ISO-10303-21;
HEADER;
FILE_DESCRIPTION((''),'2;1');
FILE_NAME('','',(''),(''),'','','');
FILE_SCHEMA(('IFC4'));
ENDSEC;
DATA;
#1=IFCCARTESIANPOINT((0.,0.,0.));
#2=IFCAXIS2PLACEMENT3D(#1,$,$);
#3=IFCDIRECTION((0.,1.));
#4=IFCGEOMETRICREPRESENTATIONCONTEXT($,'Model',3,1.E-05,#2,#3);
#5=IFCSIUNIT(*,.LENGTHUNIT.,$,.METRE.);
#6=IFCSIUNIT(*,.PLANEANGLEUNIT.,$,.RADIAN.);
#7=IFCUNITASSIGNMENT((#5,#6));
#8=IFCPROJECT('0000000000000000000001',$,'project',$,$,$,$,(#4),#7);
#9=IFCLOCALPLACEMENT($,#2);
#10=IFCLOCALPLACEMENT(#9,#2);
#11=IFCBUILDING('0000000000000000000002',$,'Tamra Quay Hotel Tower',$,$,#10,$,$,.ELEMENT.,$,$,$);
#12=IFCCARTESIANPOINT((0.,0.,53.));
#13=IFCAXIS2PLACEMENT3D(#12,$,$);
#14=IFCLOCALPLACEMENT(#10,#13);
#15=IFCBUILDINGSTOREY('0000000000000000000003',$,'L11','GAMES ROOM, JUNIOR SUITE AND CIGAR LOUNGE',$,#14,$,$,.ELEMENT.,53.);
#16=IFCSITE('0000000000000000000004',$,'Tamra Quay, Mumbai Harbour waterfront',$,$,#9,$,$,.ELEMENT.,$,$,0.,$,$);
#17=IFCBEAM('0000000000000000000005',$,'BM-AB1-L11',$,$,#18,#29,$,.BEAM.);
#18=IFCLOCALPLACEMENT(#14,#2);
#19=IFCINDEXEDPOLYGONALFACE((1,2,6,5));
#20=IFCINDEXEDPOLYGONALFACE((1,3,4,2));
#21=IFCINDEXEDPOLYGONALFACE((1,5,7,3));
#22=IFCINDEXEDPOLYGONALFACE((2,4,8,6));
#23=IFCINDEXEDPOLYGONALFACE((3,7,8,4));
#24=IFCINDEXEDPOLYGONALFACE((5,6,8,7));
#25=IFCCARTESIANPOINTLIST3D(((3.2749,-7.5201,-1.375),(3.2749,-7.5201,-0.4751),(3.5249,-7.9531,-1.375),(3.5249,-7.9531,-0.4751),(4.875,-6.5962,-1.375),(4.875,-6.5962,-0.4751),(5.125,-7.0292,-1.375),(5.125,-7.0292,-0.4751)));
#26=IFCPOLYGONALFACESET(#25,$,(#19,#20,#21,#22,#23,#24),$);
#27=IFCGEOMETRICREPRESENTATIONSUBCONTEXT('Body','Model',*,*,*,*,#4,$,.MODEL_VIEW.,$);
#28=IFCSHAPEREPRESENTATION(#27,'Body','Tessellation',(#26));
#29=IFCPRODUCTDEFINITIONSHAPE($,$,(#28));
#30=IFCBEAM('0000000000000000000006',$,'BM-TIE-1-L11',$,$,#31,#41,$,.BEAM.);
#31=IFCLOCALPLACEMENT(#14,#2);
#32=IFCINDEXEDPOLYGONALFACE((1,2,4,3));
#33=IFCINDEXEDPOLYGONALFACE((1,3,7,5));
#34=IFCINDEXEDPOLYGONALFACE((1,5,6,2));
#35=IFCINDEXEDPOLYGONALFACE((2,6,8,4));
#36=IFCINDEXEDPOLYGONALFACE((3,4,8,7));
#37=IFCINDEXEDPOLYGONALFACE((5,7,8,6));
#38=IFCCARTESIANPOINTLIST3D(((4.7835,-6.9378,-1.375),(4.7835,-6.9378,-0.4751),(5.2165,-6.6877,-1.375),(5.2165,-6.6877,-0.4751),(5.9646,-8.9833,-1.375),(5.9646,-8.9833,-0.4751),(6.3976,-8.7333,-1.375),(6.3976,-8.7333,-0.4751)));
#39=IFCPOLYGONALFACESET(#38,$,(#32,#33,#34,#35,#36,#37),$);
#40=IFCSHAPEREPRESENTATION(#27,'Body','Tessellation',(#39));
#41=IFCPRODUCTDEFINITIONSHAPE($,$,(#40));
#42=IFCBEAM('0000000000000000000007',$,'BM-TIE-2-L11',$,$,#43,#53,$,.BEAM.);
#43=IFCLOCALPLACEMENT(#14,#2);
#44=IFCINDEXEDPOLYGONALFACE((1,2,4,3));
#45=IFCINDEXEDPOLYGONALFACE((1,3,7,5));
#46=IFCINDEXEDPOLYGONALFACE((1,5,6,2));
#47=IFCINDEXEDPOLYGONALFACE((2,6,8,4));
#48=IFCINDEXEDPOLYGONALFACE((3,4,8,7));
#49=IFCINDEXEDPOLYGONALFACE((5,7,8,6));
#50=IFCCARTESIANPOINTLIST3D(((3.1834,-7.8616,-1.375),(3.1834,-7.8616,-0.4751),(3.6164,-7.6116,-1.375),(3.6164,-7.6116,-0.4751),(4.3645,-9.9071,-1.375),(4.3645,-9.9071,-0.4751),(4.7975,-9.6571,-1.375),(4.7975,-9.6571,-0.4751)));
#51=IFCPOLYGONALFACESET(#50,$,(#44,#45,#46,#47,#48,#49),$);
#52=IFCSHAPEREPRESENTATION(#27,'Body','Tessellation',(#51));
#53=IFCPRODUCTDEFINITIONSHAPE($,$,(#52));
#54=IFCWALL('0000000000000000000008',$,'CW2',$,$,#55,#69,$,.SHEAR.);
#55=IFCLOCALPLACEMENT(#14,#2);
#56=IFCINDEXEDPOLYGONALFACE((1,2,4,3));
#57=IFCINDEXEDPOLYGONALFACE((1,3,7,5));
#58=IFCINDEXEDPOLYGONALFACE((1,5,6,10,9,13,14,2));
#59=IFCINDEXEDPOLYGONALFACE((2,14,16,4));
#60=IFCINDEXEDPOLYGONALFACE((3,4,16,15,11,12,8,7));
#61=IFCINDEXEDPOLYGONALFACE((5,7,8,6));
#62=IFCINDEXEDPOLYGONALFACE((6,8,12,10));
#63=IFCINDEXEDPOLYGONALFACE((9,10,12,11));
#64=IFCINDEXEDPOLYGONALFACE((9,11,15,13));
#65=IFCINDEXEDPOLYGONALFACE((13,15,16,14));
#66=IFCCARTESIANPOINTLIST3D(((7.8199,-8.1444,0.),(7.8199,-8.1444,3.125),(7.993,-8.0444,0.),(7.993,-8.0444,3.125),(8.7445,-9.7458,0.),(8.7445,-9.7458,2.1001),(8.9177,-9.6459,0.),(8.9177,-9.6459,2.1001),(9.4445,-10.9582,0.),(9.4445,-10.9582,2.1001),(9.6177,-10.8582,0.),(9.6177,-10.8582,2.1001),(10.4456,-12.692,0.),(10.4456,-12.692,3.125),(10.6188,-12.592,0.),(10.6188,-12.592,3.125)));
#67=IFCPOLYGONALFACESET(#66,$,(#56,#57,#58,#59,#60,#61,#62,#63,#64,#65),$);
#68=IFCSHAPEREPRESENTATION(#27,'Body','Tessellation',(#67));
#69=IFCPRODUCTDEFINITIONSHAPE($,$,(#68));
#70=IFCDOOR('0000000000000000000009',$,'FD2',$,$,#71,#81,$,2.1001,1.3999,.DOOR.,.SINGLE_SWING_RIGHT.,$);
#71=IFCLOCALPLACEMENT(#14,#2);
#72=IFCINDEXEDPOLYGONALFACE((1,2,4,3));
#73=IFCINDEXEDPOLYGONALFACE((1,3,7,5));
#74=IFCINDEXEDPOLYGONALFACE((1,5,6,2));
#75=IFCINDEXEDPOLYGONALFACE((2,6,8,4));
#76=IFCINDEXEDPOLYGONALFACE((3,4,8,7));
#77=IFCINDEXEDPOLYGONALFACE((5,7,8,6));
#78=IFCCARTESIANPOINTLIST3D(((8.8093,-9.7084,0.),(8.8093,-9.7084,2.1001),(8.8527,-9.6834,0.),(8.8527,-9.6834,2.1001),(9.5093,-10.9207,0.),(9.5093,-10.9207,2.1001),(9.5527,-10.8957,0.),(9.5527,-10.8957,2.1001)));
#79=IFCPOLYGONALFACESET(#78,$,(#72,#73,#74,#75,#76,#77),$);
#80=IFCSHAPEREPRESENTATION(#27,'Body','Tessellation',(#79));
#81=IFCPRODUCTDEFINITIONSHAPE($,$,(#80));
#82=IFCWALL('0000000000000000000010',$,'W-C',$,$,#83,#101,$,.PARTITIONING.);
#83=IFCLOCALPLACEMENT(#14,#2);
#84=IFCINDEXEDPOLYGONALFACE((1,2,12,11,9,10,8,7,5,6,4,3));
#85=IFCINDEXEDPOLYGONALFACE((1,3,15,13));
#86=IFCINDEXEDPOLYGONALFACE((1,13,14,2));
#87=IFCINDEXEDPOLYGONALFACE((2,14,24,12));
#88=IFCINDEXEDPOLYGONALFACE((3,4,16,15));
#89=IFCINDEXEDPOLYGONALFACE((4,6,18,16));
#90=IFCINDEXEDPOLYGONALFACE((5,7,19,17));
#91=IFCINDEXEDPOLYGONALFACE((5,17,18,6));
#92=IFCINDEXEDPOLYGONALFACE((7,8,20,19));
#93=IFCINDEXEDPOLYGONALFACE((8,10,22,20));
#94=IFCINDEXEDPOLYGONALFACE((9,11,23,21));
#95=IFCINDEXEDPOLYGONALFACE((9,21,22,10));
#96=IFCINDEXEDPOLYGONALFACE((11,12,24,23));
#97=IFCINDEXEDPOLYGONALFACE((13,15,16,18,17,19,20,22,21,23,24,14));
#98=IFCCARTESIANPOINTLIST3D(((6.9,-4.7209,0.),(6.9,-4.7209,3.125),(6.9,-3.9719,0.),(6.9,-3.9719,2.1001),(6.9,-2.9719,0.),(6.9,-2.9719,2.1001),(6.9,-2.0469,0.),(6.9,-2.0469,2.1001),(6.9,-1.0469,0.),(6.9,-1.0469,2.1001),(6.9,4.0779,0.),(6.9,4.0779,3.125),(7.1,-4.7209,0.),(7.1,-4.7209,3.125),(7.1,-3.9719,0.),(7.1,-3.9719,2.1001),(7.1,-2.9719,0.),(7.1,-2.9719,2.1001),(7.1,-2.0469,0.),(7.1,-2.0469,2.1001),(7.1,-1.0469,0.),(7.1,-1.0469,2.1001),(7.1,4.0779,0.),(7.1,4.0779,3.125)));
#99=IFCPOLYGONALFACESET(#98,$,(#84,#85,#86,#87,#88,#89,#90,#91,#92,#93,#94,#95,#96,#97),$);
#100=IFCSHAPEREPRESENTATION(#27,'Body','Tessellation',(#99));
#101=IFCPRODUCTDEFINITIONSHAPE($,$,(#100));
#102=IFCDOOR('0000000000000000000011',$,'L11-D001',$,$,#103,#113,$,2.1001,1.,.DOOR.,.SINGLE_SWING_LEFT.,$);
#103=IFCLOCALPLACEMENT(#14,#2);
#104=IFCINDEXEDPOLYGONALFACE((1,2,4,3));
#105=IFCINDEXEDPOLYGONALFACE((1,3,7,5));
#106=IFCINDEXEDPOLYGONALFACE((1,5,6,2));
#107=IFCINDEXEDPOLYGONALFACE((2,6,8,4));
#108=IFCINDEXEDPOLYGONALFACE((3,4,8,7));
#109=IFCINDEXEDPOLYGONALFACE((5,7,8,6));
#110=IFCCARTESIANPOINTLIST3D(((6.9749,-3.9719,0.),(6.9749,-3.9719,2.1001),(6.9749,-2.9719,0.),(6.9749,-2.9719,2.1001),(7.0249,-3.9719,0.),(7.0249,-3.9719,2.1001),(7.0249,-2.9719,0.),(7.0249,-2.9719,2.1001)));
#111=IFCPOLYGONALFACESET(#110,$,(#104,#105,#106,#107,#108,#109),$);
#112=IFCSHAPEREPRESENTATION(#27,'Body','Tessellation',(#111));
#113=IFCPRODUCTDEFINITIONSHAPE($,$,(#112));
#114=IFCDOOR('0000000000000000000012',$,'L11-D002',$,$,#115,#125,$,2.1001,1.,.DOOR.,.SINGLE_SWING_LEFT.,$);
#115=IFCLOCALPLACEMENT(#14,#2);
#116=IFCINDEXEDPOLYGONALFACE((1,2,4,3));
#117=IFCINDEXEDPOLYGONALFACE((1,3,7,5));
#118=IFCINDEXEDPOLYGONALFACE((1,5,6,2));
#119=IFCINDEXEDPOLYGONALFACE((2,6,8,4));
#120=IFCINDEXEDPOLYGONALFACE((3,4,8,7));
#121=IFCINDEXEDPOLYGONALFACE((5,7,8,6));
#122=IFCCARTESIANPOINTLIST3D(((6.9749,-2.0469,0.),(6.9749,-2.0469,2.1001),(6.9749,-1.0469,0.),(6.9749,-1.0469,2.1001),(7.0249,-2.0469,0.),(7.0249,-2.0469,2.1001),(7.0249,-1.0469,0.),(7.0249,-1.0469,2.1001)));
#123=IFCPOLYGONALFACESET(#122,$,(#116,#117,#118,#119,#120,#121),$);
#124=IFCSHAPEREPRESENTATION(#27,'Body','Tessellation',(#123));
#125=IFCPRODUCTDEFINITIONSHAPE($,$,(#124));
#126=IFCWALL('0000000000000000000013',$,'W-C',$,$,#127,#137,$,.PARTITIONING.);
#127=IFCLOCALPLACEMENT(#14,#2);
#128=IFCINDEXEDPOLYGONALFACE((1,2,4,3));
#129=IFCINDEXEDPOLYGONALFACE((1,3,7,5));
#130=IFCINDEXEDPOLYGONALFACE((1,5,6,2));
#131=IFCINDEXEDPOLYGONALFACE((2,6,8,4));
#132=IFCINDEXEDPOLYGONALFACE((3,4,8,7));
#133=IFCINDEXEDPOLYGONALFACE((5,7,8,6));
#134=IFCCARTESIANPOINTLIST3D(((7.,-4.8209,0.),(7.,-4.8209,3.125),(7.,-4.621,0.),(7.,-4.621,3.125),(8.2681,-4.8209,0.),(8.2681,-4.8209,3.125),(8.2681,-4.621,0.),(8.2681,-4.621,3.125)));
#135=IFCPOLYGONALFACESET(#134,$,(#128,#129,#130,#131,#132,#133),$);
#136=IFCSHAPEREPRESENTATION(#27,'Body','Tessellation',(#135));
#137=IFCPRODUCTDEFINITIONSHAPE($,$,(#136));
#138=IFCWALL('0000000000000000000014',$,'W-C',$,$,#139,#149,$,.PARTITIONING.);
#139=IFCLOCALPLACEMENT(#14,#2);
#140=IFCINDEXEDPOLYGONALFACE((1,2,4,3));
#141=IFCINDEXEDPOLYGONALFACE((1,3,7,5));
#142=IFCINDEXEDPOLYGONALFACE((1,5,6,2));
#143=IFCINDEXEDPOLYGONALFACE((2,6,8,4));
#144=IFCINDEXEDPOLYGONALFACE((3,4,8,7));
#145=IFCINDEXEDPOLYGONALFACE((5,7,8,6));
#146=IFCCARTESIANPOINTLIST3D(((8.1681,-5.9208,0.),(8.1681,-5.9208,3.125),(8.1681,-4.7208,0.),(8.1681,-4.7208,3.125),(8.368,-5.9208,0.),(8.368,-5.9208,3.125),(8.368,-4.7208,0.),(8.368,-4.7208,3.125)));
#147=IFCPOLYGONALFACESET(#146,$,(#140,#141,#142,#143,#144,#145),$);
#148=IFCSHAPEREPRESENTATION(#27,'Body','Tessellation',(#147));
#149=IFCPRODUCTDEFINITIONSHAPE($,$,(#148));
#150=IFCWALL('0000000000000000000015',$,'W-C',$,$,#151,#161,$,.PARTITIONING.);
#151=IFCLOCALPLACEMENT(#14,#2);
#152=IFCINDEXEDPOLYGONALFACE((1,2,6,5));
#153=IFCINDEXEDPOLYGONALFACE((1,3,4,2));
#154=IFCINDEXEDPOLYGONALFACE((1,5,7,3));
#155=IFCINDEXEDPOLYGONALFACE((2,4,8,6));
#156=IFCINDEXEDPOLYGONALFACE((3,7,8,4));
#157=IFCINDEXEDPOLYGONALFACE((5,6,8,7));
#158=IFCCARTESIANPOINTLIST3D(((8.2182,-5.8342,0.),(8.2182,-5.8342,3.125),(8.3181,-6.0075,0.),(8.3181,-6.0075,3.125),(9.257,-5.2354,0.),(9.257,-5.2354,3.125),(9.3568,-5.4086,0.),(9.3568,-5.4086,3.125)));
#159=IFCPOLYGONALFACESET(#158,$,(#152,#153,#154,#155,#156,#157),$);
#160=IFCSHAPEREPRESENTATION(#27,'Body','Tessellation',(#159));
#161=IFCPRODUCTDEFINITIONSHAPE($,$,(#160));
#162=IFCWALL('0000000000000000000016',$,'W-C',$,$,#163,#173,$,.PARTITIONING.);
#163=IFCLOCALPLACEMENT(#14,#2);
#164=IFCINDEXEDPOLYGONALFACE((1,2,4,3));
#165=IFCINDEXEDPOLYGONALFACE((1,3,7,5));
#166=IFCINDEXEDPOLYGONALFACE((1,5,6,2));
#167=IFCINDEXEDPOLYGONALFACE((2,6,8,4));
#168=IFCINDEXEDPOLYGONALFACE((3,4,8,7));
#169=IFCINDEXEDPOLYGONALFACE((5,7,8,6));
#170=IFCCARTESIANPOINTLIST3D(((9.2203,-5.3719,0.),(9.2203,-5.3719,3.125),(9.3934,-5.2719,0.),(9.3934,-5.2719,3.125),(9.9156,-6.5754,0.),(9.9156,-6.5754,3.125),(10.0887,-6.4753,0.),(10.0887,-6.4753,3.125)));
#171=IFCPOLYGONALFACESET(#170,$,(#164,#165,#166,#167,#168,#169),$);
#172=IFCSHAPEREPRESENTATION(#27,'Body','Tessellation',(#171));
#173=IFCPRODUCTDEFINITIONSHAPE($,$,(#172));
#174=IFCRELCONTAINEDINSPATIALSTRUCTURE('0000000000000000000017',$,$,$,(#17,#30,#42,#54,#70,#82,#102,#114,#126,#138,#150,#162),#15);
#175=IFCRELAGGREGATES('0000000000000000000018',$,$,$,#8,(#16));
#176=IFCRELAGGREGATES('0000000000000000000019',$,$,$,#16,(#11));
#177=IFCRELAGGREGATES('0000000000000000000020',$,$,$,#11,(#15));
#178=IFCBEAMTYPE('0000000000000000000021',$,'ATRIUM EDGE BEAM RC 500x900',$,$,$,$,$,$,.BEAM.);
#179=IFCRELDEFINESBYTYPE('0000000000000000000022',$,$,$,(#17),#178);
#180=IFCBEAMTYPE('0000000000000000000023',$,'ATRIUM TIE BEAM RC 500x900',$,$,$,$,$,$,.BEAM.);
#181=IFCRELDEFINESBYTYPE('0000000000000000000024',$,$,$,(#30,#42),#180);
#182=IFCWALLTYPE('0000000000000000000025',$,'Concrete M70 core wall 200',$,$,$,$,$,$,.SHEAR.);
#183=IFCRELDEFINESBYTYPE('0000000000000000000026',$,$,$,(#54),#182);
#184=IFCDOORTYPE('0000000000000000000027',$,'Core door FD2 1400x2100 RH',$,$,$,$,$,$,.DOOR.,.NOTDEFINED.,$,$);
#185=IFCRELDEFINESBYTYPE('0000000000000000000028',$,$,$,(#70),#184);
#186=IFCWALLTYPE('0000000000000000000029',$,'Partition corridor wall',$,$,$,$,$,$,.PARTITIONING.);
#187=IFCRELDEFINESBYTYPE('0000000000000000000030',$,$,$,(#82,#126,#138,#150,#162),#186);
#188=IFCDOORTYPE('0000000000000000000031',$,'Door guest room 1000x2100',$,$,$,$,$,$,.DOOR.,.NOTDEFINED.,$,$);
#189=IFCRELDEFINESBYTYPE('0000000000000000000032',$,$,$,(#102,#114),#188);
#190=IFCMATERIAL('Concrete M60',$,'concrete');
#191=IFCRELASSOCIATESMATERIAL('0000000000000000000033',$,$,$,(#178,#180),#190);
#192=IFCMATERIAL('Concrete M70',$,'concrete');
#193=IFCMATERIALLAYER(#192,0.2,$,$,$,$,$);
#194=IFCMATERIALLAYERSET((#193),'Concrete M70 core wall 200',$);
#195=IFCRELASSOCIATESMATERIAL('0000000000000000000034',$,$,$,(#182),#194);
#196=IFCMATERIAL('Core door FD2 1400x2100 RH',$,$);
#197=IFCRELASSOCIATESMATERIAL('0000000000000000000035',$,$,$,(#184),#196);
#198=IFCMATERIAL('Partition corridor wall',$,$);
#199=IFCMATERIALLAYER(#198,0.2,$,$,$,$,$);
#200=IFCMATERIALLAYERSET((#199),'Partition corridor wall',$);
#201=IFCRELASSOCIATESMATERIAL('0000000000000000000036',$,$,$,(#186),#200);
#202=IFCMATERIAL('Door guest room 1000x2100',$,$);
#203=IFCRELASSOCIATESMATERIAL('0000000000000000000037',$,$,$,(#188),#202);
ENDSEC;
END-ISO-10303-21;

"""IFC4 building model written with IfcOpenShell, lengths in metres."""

from ifc_helpers import new_model, si_unit, direction, frame, frame_2d, origin, origin_2d, place, context, subcontext, project, spatial, rectangle, extrude, material, layer, layer_set, material_profile, profile_set, type_object, element, fill, save


model = new_model("IFC4")

# Units and contexts
model_context = context("Model", 3, precision=1e-05, world=origin(), true_north=direction((0.0, 1.0)))
body_context = subcontext(model_context, "Body", "Model", "MODEL_VIEW")
ifc_project = project(units=[si_unit("LENGTHUNIT", "METRE"), si_unit("PLANEANGLEUNIT", "RADIAN")], contexts=[model_context])

# Site, building, storey
site_placement = place(None, origin())
site = spatial("IfcSite", under=ifc_project, at=site_placement, Name="Tamra Quay, Mumbai Harbour waterfront", CompositionType="ELEMENT", RefElevation=0.0)
building_placement = place(site_placement, origin())
building = spatial("IfcBuilding", under=site, at=building_placement, Name="Tamra Quay Hotel Tower", CompositionType="ELEMENT")
storey_placement = place(building_placement, frame((0.0, 0.0, 53.0)))
storey = spatial("IfcBuildingStorey", under=building, at=storey_placement, Name="L11", Description="GAMES ROOM, JUNIOR SUITE AND CIGAR LOUNGE", CompositionType="ELEMENT", Elevation=53.0)

# Beams
ifc_material_1 = material(Name="Concrete M60", Category="concrete")
ifc_material_profile_1 = material_profile(ifc_material_1, rectangle(XDim=0.5, YDim=0.8999, at=origin_2d()), Name="ATRIUM EDGE BEAM RC 500x900")
ifc_profile_set_1 = profile_set([ifc_material_profile_1], Name="Concrete M60")
beam_type_1 = type_object("IfcBeamType", Name="ATRIUM EDGE BEAM RC 500x900", PredefinedType="BEAM", material=ifc_profile_set_1)
beam_placement = place(storey_placement, frame((5.0, -6.8127, -0.925), z_axis=(-0.866023, -0.500005, 0.0), x_axis=(0.500005, -0.866023, 0.0)))
element("IfcBeam", 1, at=beam_placement, inside=storey, type_object=beam_type_1, Name="BM-AB1-L11", PredefinedType="BEAM", context=body_context, shape_type="SweptSolid", body=[
    extrude(rectangle(XDim=0.5, YDim=0.8999, at=origin_2d()), origin(), (0.0, 0.0, 1.0), 1.8477),
])
ifc_material_profile_2 = material_profile(ifc_material_1, rectangle(XDim=0.5, YDim=0.8999, at=origin_2d()), Name="ATRIUM TIE BEAM RC 500x900")
ifc_profile_set_2 = profile_set([ifc_material_profile_2], Name="Concrete M60")
beam_type_2 = type_object("IfcBeamType", Name="ATRIUM TIE BEAM RC 500x900", PredefinedType="BEAM", material=ifc_profile_set_2)
for number, where, z_axis, x_axis, name in (
    (2, (5.0, -6.8127, -0.925), (0.50003, -0.866008, 0.0), (0.866008, 0.50003, 0.0), "BM-TIE-1-L11"),
    (3, (3.3999, -7.7366, -0.925), (0.50003, -0.866008, 0.0), (0.866008, 0.50003, 0.0), "BM-TIE-2-L11"),
):
    element("IfcBeam", number, at=place(storey_placement, frame(where, z_axis=z_axis, x_axis=x_axis)), inside=storey, type_object=beam_type_2, Name=name, PredefinedType="BEAM", context=body_context, shape_type="SweptSolid", body=[
        extrude(rectangle(XDim=0.5, YDim=0.8999, at=origin_2d()), origin(), (0.0, 0.0, 1.0), 2.3621),
    ])

# Wall, opening, door
ifc_material_2 = material(Name="Concrete M70", Category="concrete")
ifc_layer_1 = layer(ifc_material_2, 0.2)
ifc_layer_set_1 = layer_set([ifc_layer_1], Name="Concrete M70 core wall 200")
wall_type_1 = type_object("IfcWallType", Name="Concrete M70 core wall 200", PredefinedType="SHEAR", material=ifc_layer_set_1)
wall_1_placement = place(storey_placement, frame((7.9065, -8.0945, 0.0), z_axis=(0.0, 0.0, 1.0), x_axis=(0.500024, -0.866011, 0.0)))
wall_1 = element("IfcWall", 4, at=wall_1_placement, inside=storey, type_object=wall_type_1, Name="CW2", PredefinedType="SHEAR", context=body_context, shape_type="SweptSolid", body=[
    extrude(rectangle(XDim=5.2512, YDim=0.2, at=frame_2d((2.6255, 0.0))), origin(), (0.0, 0.0, 1.0), 3.125),
])
opening_1_placement = place(wall_1_placement, frame((1.8491, 0.0, 0.0)))
opening_1 = element("IfcOpeningElement", 5, at=opening_1_placement, cuts=wall_1, PredefinedType="OPENING", context=body_context, shape_type="SweptSolid", body=[
    extrude(rectangle(XDim=1.3999, YDim=2.1001, at=frame_2d((0.7, 1.05))), frame((0.0, 0.1099, 0.0), z_axis=(0.0, -1.0, 0.0), x_axis=(1.0, 0.0, 0.0)), (0.0, 0.0, 1.0), 0.22),
])
ifc_material_3 = material(Name="Core door FD2 1400x2100 RH")
door_type_1 = type_object("IfcDoorType", Name="Core door FD2 1400x2100 RH", OperationType="NOTDEFINED", PredefinedType="DOOR", material=ifc_material_3)
door_1_placement = place(opening_1_placement, origin())
door_1 = element("IfcDoor", 6, at=door_1_placement, inside=storey, type_object=door_type_1, Name="FD2", OperationType="SINGLE_SWING_RIGHT", OverallHeight=2.1001, OverallWidth=1.3999, PredefinedType="DOOR", context=body_context, shape_type="SweptSolid", body=[
    extrude(rectangle(XDim=1.3999, YDim=2.1001, at=frame_2d((0.7, 1.05))), frame((0.0, 0.0249, 0.0), z_axis=(0.0, -1.0, 0.0), x_axis=(1.0, 0.0, 0.0)), (0.0, 0.0, 1.0), 0.05),
])
fill(opening_1, door_1)

# Wall, openings, doors
ifc_material_4 = material(Name="Partition corridor wall")
ifc_layer_2 = layer(ifc_material_4, 0.2)
ifc_layer_set_2 = layer_set([ifc_layer_2], Name="Partition corridor wall")
wall_type_2 = type_object("IfcWallType", Name="Partition corridor wall", PredefinedType="PARTITIONING", material=ifc_layer_set_2)
wall_2_placement = place(storey_placement, frame((7.0, -4.7209, 0.0), z_axis=(0.0, 0.0, 1.0), x_axis=(0.0, 1.0, 0.0)))
wall_2 = element("IfcWall", 7, at=wall_2_placement, inside=storey, type_object=wall_type_2, Name="W-C", PredefinedType="PARTITIONING", context=body_context, shape_type="SweptSolid", body=[
    extrude(rectangle(XDim=8.7988, YDim=0.2, at=frame_2d((4.3994, 0.0))), origin(), (0.0, 0.0, 1.0), 3.125),
])
opening_2_placement = place(wall_2_placement, frame((0.749, 0.0, 0.0)))
opening_2 = element("IfcOpeningElement", 8, at=opening_2_placement, cuts=wall_2, PredefinedType="OPENING", context=body_context, shape_type="SweptSolid", body=[
    extrude(rectangle(XDim=1.0, YDim=2.1001, at=frame_2d((0.5, 1.05))), frame((0.0, 0.1099, 0.0), z_axis=(0.0, -1.0, 0.0), x_axis=(1.0, 0.0, 0.0)), (0.0, 0.0, 1.0), 0.22),
])
opening_3_placement = place(wall_2_placement, frame((2.6741, 0.0, 0.0)))
opening_3 = element("IfcOpeningElement", 9, at=opening_3_placement, cuts=wall_2, PredefinedType="OPENING", context=body_context, shape_type="SweptSolid", body=[
    extrude(rectangle(XDim=1.0, YDim=2.1001, at=frame_2d((0.5, 1.05))), frame((0.0, 0.1099, 0.0), z_axis=(0.0, -1.0, 0.0), x_axis=(1.0, 0.0, 0.0)), (0.0, 0.0, 1.0), 0.22),
])
ifc_material_5 = material(Name="Door guest room 1000x2100")
door_type_2 = type_object("IfcDoorType", Name="Door guest room 1000x2100", OperationType="NOTDEFINED", PredefinedType="DOOR", material=ifc_material_5)
door_2_placement = place(opening_2_placement, frame((1.0, 0.0, 0.0), z_axis=(0.0, 0.0, 1.0), x_axis=(-1.0, 0.0, 0.0)))
door_2 = element("IfcDoor", 10, at=door_2_placement, inside=storey, type_object=door_type_2, Name="L11-D001", OperationType="SINGLE_SWING_LEFT", OverallHeight=2.1001, OverallWidth=1.0, PredefinedType="DOOR", context=body_context, shape_type="SweptSolid", body=[
    extrude(rectangle(XDim=1.0, YDim=2.1001, at=frame_2d((0.5, 1.05))), frame((0.0, 0.0249, 0.0), z_axis=(0.0, -1.0, 0.0), x_axis=(1.0, 0.0, 0.0)), (0.0, 0.0, 1.0), 0.05),
])
fill(opening_2, door_2)
door_3_placement = place(opening_3_placement, frame((1.0, 0.0, 0.0), z_axis=(0.0, 0.0, 1.0), x_axis=(-1.0, 0.0, 0.0)))
door_3 = element("IfcDoor", 11, at=door_3_placement, inside=storey, type_object=door_type_2, Name="L11-D002", OperationType="SINGLE_SWING_LEFT", OverallHeight=2.1001, OverallWidth=1.0, PredefinedType="DOOR", context=body_context, shape_type="SweptSolid", body=[
    extrude(rectangle(XDim=1.0, YDim=2.1001, at=frame_2d((0.5, 1.05))), frame((0.0, 0.0249, 0.0), z_axis=(0.0, -1.0, 0.0), x_axis=(1.0, 0.0, 0.0)), (0.0, 0.0, 1.0), 0.05),
])
fill(opening_3, door_3)

# Walls
wall_3_placement = place(storey_placement, frame((7.0, -4.7209, 0.0), z_axis=(0.0, 0.0, 1.0), x_axis=(1.0, 0.0, 0.0)))
element("IfcWall", 12, at=wall_3_placement, inside=storey, type_object=wall_type_2, Name="W-C", PredefinedType="PARTITIONING", context=body_context, shape_type="SweptSolid", body=[
    extrude(rectangle(XDim=1.2681, YDim=0.2, at=frame_2d((0.634, 0.0))), origin(), (0.0, 0.0, 1.0), 3.125),
])
wall_4_placement = place(storey_placement, frame((8.2681, -5.9209, 0.0), z_axis=(0.0, 0.0, 1.0), x_axis=(0.0, 1.0, 0.0)))
element("IfcWall", 13, at=wall_4_placement, inside=storey, type_object=wall_type_2, Name="W-C", PredefinedType="PARTITIONING", context=body_context, shape_type="SweptSolid", body=[
    extrude(rectangle(XDim=1.2, YDim=0.2, at=frame_2d((0.6001, 0.0))), origin(), (0.0, 0.0, 1.0), 3.125),
])
wall_5_placement = place(storey_placement, frame((8.2681, -5.9209, 0.0), z_axis=(0.0, 0.0, 1.0), x_axis=(0.866345, 0.499446, 0.0)))
element("IfcWall", 14, at=wall_5_placement, inside=storey, type_object=wall_type_2, Name="W-C", PredefinedType="PARTITIONING", context=body_context, shape_type="SweptSolid", body=[
    extrude(rectangle(XDim=1.199, YDim=0.2, at=frame_2d((0.5996, 0.0))), origin(), (0.0, 0.0, 1.0), 3.125),
])
wall_6_placement = place(storey_placement, frame((9.3069, -5.322, 0.0), z_axis=(0.0, 0.0, 1.0), x_axis=(0.500295, -0.865855, 0.0)))
element("IfcWall", 15, at=wall_6_placement, inside=storey, type_object=wall_type_2, Name="W-C", PredefinedType="PARTITIONING", context=body_context, shape_type="SweptSolid", body=[
    extrude(rectangle(XDim=1.3899, YDim=0.2, at=frame_2d((0.6948, 0.0))), origin(), (0.0, 0.0, 1.0), 3.125),
])

save(model, "model.ifc")
